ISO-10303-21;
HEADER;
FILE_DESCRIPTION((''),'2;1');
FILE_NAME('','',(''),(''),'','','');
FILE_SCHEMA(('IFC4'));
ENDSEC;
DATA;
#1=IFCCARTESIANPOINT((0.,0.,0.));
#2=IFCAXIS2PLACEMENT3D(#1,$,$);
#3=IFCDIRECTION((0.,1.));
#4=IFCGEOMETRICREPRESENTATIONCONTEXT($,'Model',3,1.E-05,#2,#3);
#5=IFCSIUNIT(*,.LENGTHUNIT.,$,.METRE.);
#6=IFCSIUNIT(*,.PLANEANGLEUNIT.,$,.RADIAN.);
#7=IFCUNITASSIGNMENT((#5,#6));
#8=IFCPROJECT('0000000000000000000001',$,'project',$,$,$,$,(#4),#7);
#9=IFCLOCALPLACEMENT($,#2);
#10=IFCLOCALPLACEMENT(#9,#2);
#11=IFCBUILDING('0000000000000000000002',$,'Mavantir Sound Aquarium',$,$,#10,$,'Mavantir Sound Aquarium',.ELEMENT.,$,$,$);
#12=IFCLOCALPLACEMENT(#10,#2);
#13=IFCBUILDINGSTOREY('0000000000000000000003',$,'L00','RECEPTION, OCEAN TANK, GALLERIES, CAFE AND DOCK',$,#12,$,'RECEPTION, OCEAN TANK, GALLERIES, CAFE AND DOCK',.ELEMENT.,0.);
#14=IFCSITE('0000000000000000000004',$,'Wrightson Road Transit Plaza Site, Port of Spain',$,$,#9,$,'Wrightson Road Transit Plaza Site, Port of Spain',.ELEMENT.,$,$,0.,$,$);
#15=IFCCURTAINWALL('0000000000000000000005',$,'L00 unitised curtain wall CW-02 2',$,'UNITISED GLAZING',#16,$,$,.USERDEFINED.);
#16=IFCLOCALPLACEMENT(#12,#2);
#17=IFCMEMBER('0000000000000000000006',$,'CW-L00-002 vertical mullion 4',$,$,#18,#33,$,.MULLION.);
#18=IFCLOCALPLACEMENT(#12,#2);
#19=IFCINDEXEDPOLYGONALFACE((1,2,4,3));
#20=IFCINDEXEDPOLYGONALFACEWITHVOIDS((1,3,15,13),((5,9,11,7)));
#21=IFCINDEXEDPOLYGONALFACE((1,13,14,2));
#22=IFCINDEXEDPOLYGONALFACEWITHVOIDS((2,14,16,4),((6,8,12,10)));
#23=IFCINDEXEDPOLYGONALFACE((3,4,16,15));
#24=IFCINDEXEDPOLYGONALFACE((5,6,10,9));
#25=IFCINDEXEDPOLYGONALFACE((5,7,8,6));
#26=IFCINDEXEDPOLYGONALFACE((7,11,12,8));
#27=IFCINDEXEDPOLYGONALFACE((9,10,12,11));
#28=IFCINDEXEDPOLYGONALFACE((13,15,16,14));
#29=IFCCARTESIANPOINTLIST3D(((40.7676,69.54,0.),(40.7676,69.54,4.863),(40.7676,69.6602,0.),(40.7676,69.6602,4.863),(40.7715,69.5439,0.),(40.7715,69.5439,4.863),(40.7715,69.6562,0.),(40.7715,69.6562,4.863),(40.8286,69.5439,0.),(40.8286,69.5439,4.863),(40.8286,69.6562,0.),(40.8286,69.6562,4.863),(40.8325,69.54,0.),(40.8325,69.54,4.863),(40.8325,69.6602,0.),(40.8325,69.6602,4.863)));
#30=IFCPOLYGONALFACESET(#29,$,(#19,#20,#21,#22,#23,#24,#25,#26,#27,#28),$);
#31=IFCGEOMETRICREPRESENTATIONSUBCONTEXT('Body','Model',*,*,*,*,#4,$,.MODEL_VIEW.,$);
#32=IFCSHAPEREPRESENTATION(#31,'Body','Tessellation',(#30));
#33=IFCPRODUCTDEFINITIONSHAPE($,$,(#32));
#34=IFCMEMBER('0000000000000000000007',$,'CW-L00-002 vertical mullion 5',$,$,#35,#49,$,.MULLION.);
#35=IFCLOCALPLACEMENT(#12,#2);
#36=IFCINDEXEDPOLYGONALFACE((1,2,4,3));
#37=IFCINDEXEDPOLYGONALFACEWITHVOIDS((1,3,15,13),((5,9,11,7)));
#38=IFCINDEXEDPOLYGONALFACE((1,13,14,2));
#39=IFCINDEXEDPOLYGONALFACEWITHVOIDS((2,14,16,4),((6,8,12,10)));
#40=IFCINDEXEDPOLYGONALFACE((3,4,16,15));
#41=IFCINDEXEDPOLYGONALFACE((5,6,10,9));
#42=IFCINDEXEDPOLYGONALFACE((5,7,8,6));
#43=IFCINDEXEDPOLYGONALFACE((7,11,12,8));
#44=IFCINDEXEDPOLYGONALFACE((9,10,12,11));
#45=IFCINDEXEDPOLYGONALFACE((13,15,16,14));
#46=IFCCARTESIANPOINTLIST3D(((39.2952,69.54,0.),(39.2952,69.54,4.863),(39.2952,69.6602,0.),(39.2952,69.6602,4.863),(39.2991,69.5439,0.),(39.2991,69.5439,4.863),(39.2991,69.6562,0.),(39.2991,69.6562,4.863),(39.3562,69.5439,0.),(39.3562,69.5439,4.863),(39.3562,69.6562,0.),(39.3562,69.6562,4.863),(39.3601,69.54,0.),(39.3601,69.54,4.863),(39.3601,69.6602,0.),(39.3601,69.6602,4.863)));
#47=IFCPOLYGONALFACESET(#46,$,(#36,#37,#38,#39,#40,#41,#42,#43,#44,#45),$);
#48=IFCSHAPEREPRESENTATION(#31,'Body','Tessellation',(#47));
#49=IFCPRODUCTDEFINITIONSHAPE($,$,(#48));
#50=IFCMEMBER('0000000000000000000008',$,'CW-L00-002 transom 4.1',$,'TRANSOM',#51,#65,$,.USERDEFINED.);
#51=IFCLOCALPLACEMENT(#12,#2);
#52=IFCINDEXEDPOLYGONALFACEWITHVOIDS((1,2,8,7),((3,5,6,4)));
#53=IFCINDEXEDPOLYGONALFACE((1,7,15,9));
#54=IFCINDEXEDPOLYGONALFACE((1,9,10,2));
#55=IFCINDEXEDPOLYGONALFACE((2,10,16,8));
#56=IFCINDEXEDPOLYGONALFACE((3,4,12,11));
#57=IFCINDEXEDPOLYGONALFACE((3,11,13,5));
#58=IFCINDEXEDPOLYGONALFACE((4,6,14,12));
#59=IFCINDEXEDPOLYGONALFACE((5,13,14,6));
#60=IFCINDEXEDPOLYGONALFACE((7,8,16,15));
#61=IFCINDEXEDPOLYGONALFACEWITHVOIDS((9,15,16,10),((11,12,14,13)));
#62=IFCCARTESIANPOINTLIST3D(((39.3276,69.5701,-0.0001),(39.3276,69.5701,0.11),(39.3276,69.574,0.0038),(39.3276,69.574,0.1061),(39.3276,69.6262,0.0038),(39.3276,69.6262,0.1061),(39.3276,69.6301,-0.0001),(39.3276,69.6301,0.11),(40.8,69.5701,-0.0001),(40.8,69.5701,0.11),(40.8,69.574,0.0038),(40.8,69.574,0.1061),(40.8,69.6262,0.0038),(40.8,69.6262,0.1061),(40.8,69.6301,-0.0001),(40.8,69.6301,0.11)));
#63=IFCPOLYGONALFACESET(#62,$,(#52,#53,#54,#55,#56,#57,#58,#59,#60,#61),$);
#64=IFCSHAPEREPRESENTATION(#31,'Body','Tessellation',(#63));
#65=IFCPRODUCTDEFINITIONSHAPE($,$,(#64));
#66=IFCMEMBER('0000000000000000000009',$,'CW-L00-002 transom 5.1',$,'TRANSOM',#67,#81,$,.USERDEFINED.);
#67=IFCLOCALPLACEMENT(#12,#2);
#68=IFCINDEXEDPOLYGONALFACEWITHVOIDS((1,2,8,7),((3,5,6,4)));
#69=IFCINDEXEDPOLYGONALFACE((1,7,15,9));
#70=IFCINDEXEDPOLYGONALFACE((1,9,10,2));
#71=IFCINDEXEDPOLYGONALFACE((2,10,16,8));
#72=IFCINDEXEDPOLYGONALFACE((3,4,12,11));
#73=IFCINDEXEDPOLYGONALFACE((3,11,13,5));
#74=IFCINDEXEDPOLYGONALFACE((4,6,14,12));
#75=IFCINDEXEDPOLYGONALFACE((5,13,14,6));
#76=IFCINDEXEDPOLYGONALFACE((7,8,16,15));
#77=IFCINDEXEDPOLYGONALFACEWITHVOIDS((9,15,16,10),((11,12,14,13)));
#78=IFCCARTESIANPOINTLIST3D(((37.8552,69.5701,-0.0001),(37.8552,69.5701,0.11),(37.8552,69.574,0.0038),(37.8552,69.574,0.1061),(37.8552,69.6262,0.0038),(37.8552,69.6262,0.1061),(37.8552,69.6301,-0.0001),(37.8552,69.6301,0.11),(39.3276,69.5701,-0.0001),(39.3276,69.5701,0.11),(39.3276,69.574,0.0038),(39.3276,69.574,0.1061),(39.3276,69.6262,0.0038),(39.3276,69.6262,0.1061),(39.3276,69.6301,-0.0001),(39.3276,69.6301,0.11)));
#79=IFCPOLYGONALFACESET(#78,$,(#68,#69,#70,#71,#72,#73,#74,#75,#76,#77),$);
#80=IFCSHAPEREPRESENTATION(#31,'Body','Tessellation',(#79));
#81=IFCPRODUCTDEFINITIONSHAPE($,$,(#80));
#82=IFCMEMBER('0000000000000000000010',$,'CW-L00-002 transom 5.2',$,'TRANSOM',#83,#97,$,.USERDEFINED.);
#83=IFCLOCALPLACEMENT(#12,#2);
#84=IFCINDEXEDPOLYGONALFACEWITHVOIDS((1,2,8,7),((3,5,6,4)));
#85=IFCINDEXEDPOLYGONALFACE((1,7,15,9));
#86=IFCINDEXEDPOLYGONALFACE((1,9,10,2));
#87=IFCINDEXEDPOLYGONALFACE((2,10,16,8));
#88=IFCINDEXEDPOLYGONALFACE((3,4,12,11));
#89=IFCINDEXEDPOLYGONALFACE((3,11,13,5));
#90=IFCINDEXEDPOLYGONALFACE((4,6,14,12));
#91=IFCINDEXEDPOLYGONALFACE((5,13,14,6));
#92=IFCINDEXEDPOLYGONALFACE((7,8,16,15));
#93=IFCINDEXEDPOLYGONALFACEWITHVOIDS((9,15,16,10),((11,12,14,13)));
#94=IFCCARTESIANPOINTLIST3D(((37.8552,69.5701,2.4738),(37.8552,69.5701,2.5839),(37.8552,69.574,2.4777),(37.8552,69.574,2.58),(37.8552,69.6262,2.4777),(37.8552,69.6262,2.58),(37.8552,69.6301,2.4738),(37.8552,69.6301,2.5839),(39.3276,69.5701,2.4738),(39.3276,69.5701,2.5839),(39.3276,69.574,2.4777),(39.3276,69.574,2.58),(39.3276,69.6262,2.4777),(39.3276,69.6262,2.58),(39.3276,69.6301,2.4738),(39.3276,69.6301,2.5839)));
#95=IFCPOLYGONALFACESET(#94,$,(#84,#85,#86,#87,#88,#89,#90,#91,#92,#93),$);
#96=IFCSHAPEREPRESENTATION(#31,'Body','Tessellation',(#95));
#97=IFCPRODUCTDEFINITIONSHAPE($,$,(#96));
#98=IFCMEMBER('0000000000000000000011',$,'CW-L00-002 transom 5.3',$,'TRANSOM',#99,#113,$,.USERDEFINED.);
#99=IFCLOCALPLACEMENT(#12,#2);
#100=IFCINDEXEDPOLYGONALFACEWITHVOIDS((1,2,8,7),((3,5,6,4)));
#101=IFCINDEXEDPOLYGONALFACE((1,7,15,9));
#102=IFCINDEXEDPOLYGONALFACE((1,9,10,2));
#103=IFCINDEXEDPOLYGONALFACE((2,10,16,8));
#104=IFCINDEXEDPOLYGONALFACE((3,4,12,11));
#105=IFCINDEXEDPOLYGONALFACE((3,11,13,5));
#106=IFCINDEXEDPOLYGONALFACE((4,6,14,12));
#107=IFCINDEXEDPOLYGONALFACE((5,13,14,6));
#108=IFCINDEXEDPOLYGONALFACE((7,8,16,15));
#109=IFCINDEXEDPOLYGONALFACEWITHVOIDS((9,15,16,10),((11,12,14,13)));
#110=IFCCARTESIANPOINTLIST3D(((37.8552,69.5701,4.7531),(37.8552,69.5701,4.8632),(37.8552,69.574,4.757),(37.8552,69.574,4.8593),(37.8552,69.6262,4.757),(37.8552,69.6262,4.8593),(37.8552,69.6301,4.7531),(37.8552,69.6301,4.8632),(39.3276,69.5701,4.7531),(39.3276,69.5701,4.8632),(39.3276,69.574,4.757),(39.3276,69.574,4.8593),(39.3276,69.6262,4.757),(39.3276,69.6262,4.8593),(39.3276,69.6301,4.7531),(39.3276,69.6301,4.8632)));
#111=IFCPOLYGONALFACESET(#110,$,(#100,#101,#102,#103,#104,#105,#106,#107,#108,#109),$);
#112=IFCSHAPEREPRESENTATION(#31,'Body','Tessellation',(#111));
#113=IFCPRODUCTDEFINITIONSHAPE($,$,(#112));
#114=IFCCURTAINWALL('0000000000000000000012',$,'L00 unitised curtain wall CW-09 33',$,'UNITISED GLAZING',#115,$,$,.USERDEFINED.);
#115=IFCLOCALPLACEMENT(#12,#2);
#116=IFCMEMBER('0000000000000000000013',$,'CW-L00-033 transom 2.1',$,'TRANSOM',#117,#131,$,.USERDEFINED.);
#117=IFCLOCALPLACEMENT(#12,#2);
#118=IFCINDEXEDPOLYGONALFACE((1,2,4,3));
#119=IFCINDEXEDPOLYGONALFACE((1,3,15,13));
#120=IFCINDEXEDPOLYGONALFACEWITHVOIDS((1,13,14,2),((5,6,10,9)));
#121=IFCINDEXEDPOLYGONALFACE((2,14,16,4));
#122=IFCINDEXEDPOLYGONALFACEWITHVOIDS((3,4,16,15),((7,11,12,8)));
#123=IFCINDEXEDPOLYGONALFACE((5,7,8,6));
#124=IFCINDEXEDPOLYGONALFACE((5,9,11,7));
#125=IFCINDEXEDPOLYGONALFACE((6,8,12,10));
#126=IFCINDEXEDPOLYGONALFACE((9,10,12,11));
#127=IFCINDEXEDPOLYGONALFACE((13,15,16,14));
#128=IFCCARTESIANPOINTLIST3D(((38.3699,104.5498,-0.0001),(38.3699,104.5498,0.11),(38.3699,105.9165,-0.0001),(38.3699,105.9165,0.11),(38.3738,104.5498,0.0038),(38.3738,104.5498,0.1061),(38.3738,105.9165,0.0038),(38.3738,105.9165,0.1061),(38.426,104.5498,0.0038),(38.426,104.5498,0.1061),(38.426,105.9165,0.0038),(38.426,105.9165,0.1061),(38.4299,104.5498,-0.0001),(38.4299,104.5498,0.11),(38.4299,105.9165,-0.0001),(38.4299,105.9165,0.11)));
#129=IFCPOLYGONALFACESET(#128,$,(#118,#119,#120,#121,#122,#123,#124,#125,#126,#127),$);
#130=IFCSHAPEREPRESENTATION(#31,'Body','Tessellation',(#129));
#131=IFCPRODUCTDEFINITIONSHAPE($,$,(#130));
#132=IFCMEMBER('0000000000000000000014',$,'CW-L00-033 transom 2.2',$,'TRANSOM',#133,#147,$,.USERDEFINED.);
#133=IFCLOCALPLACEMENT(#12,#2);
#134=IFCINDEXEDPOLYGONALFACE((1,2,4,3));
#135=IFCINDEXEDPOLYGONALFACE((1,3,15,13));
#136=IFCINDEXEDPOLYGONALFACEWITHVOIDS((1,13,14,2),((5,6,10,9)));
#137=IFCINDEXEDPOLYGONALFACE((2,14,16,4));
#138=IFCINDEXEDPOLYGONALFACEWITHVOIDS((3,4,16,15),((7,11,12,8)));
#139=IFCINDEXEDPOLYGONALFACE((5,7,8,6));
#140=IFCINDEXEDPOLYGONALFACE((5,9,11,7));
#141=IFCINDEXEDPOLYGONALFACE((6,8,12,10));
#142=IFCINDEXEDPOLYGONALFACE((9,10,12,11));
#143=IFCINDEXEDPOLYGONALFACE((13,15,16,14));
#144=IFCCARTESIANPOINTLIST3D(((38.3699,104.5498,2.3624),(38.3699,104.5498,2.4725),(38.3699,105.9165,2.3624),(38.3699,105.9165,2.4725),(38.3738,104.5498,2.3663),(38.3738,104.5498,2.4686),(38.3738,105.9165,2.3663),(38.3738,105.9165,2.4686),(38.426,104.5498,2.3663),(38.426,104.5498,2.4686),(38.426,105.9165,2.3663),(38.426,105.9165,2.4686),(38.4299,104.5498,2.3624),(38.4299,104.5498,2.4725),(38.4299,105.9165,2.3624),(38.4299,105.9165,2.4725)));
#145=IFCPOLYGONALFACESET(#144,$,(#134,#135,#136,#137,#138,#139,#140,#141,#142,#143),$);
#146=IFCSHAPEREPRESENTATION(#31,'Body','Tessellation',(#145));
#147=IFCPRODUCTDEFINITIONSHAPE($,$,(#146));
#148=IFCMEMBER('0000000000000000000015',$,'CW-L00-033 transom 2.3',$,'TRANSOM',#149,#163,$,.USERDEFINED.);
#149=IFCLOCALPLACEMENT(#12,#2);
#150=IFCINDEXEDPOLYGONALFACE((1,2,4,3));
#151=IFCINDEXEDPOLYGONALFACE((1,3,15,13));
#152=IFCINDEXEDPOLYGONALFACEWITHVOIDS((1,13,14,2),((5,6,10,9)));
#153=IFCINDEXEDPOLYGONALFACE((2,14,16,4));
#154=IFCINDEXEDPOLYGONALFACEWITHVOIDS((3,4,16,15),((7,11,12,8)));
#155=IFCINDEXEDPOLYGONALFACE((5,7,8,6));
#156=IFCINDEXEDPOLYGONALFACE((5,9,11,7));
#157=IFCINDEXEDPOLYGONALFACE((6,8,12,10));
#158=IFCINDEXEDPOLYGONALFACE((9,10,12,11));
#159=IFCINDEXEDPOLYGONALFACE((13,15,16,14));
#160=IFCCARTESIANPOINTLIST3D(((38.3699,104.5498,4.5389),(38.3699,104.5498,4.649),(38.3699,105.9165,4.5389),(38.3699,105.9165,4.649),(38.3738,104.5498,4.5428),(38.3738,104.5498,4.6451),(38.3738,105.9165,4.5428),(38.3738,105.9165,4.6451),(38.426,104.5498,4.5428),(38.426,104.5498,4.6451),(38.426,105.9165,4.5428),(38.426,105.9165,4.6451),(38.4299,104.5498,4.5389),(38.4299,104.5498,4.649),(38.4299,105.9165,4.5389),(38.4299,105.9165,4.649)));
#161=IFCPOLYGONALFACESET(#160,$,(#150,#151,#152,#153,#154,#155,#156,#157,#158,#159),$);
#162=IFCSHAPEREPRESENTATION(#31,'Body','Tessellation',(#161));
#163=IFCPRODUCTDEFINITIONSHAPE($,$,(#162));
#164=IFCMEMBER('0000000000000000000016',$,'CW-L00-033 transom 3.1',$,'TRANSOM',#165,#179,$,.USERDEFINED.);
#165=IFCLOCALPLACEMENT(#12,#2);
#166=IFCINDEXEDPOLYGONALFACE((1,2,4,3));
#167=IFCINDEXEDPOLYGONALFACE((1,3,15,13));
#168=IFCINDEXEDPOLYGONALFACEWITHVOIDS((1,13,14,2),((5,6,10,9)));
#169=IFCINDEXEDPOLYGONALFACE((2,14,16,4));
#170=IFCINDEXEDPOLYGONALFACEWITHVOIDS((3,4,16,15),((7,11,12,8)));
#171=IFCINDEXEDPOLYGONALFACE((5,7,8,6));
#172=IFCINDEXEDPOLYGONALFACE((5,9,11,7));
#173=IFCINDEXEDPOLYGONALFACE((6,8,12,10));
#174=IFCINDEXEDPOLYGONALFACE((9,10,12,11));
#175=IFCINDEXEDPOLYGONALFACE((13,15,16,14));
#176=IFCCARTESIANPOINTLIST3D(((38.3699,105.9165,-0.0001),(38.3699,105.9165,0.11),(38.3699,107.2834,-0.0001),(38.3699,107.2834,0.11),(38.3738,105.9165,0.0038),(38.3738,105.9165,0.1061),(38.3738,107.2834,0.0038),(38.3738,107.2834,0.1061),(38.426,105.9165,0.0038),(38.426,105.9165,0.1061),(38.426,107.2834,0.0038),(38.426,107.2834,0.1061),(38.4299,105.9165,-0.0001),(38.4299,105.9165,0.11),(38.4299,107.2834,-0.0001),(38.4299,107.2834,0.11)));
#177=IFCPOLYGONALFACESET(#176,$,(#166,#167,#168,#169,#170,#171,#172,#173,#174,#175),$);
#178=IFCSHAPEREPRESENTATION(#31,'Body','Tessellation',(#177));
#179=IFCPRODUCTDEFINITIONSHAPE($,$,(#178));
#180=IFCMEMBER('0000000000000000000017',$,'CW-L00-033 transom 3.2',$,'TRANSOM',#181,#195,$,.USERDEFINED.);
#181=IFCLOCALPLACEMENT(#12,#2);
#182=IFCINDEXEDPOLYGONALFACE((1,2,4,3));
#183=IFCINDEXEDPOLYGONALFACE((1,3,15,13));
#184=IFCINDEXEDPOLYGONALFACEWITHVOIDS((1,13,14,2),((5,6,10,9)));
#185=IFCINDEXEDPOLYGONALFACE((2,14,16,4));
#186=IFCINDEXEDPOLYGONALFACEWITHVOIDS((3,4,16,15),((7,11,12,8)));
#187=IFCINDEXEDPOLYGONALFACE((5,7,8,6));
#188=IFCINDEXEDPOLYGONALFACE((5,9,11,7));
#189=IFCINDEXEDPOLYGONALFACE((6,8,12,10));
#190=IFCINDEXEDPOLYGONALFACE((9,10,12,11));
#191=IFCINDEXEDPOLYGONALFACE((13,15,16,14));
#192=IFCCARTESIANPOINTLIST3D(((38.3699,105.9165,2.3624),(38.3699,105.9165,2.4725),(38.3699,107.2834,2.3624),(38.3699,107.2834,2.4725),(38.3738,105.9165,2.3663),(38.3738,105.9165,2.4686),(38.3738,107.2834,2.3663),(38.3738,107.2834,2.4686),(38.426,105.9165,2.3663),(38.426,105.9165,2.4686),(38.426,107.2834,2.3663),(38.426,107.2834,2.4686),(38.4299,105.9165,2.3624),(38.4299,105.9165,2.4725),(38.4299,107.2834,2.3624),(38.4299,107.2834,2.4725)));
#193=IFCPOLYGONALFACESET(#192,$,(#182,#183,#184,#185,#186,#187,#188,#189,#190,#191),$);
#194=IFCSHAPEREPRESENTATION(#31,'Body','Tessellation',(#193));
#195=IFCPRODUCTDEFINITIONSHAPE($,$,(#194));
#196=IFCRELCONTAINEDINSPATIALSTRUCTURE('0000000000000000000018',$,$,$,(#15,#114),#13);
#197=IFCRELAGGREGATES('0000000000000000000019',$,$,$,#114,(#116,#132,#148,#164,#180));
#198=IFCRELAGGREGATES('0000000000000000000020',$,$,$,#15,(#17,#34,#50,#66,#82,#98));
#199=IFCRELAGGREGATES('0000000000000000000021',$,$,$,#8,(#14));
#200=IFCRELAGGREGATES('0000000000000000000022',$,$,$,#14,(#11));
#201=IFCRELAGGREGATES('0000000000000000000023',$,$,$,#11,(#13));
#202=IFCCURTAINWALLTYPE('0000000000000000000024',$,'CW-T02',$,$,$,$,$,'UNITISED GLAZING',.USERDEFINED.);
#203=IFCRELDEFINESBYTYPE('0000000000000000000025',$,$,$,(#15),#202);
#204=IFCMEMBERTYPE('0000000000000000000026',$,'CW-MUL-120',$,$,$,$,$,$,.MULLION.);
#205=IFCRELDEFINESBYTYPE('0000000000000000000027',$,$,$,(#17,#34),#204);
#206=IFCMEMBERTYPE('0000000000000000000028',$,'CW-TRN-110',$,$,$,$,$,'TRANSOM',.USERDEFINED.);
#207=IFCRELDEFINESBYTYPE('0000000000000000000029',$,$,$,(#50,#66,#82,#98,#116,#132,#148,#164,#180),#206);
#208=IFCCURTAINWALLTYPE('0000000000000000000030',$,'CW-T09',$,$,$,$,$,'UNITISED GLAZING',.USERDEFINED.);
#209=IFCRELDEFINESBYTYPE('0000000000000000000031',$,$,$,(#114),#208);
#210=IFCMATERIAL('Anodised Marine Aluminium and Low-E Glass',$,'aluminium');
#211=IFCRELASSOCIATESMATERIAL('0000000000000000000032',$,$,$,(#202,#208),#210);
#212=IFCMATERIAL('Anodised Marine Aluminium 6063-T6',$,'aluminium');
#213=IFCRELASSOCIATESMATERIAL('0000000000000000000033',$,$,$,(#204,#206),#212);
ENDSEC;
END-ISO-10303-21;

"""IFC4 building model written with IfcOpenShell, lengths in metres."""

from ifc_helpers import new_model, si_unit, direction, frame, origin, origin_2d, place, context, subcontext, project, spatial, hollow_rectangle, extrude, material, material_profile, profile_set, type_object, element, aggregate, save


model = new_model("IFC4")

# Units and contexts
model_context = context("Model", 3, precision=1e-05, world=origin(), true_north=direction((0.0, 1.0)))
body_context = subcontext(model_context, "Body", "Model", "MODEL_VIEW")
ifc_project = project(units=[si_unit("LENGTHUNIT", "METRE"), si_unit("PLANEANGLEUNIT", "RADIAN")], contexts=[model_context])

# Site, building, storey
site_placement = place(None, origin())
site = spatial("IfcSite", under=ifc_project, at=site_placement, Name="Wrightson Road Transit Plaza Site, Port of Spain", LongName="Wrightson Road Transit Plaza Site, Port of Spain", CompositionType="ELEMENT", RefElevation=0.0)
building_placement = place(site_placement, origin())
building = spatial("IfcBuilding", under=site, at=building_placement, Name="Mavantir Sound Aquarium", LongName="Mavantir Sound Aquarium", CompositionType="ELEMENT")
storey_placement = place(building_placement, origin())
storey = spatial("IfcBuildingStorey", under=building, at=storey_placement, Name="L00", Description="RECEPTION, OCEAN TANK, GALLERIES, CAFE AND DOCK", LongName="RECEPTION, OCEAN TANK, GALLERIES, CAFE AND DOCK", CompositionType="ELEMENT", Elevation=0.0)

# Curtain wall, members
ifc_material_1 = material(Name="Anodised Marine Aluminium and Low-E Glass", Category="aluminium")
curtain_wall_type_1 = type_object("IfcCurtainWallType", Name="CW-T02", ElementType="UNITISED GLAZING", PredefinedType="USERDEFINED", material=ifc_material_1)
curtain_wall_1_placement = place(storey_placement, origin())
curtain_wall_1 = element("IfcCurtainWall", 1, at=curtain_wall_1_placement, inside=storey, type_object=curtain_wall_type_1, Name="L00 unitised curtain wall CW-02 2", ObjectType="UNITISED GLAZING", PredefinedType="USERDEFINED")
ifc_material_2 = material(Name="Anodised Marine Aluminium 6063-T6", Category="aluminium")
ifc_material_profile_1 = material_profile(ifc_material_2, hollow_rectangle(XDim=0.0649, YDim=0.1201, WallThickness=0.0039, at=origin_2d()), Name="ALU-MULLION-120X65")
ifc_profile_set_1 = profile_set([ifc_material_profile_1], Name="Anodised Marine Aluminium 6063-T6")
member_type_1 = type_object("IfcMemberType", Name="CW-MUL-120", PredefinedType="MULLION", material=ifc_profile_set_1)
member_1_placement = place(storey_placement, frame((40.8, 69.6001, 0.0), z_axis=(0.0, 0.0, 1.0), x_axis=(1.0, 0.0, 0.0)))
member_1 = element("IfcMember", 2, at=member_1_placement, type_object=member_type_1, Name="CW-L00-002 vertical mullion 4", PredefinedType="MULLION", context=body_context, shape_type="SweptSolid", body=[
    extrude(hollow_rectangle(XDim=0.0649, YDim=0.1201, WallThickness=0.0039, at=origin_2d()), origin(), (0.0, 0.0, 1.0), 4.863),
])
member_2_placement = place(storey_placement, frame((39.3276, 69.6001, 0.0), z_axis=(0.0, 0.0, 1.0), x_axis=(1.0, 0.0, 0.0)))
member_2 = element("IfcMember", 3, at=member_2_placement, type_object=member_type_1, Name="CW-L00-002 vertical mullion 5", PredefinedType="MULLION", context=body_context, shape_type="SweptSolid", body=[
    extrude(hollow_rectangle(XDim=0.0649, YDim=0.1201, WallThickness=0.0039, at=origin_2d()), origin(), (0.0, 0.0, 1.0), 4.863),
])
ifc_material_profile_2 = material_profile(ifc_material_2, hollow_rectangle(XDim=0.0601, YDim=0.1101, WallThickness=0.0039, at=origin_2d()), Name="ALU-TRANSOM-110X60")
ifc_profile_set_2 = profile_set([ifc_material_profile_2], Name="Anodised Marine Aluminium 6063-T6")
member_type_2 = type_object("IfcMemberType", Name="CW-TRN-110", ElementType="TRANSOM", PredefinedType="USERDEFINED", material=ifc_profile_set_2)
member_3_placement = place(storey_placement, frame((40.8, 69.6001, 0.0549), z_axis=(-1.0, 0.0, 0.0), x_axis=(0.0, -1.0, 0.0)))
member_3 = element("IfcMember", 4, at=member_3_placement, type_object=member_type_2, Name="CW-L00-002 transom 4.1", ObjectType="TRANSOM", PredefinedType="USERDEFINED", context=body_context, shape_type="SweptSolid", body=[
    extrude(hollow_rectangle(XDim=0.0601, YDim=0.1101, WallThickness=0.0039, at=origin_2d()), origin(), (0.0, 0.0, 1.0), 1.4724),
])
member_4_placement = place(storey_placement, frame((39.3276, 69.6001, 0.0549), z_axis=(-1.0, 0.0, 0.0), x_axis=(0.0, -1.0, 0.0)))
member_4 = element("IfcMember", 5, at=member_4_placement, type_object=member_type_2, Name="CW-L00-002 transom 5.1", ObjectType="TRANSOM", PredefinedType="USERDEFINED", context=body_context, shape_type="SweptSolid", body=[
    extrude(hollow_rectangle(XDim=0.0601, YDim=0.1101, WallThickness=0.0039, at=origin_2d()), origin(), (0.0, 0.0, 1.0), 1.4724),
])
member_5_placement = place(storey_placement, frame((39.3276, 69.6001, 2.5288), z_axis=(-1.0, 0.0, 0.0), x_axis=(0.0, -1.0, 0.0)))
member_5 = element("IfcMember", 6, at=member_5_placement, type_object=member_type_2, Name="CW-L00-002 transom 5.2", ObjectType="TRANSOM", PredefinedType="USERDEFINED", context=body_context, shape_type="SweptSolid", body=[
    extrude(hollow_rectangle(XDim=0.0601, YDim=0.1101, WallThickness=0.0039, at=origin_2d()), origin(), (0.0, 0.0, 1.0), 1.4724),
])
member_6_placement = place(storey_placement, frame((39.3276, 69.6001, 4.8081), z_axis=(-1.0, 0.0, 0.0), x_axis=(0.0, -1.0, 0.0)))
member_6 = element("IfcMember", 7, at=member_6_placement, type_object=member_type_2, Name="CW-L00-002 transom 5.3", ObjectType="TRANSOM", PredefinedType="USERDEFINED", context=body_context, shape_type="SweptSolid", body=[
    extrude(hollow_rectangle(XDim=0.0601, YDim=0.1101, WallThickness=0.0039, at=origin_2d()), origin(), (0.0, 0.0, 1.0), 1.4724),
])

# Curtain wall, members
curtain_wall_type_2 = type_object("IfcCurtainWallType", Name="CW-T09", ElementType="UNITISED GLAZING", PredefinedType="USERDEFINED", material=ifc_material_1)
curtain_wall_2_placement = place(storey_placement, origin())
curtain_wall_2 = element("IfcCurtainWall", 8, at=curtain_wall_2_placement, inside=storey, type_object=curtain_wall_type_2, Name="L00 unitised curtain wall CW-09 33", ObjectType="UNITISED GLAZING", PredefinedType="USERDEFINED")
member_7_placement = place(storey_placement, frame((38.3999, 104.5498, 0.0549), z_axis=(0.0, 1.0, 0.0), x_axis=(-1.0, 0.0, 0.0)))
member_7 = element("IfcMember", 9, at=member_7_placement, type_object=member_type_2, Name="CW-L00-033 transom 2.1", ObjectType="TRANSOM", PredefinedType="USERDEFINED", context=body_context, shape_type="SweptSolid", body=[
    extrude(hollow_rectangle(XDim=0.0601, YDim=0.1101, WallThickness=0.0039, at=origin_2d()), origin(), (0.0, 0.0, 1.0), 1.3667),
])
member_8_placement = place(storey_placement, frame((38.3999, 104.5498, 2.4175), z_axis=(0.0, 1.0, 0.0), x_axis=(-1.0, 0.0, 0.0)))
member_8 = element("IfcMember", 10, at=member_8_placement, type_object=member_type_2, Name="CW-L00-033 transom 2.2", ObjectType="TRANSOM", PredefinedType="USERDEFINED", context=body_context, shape_type="SweptSolid", body=[
    extrude(hollow_rectangle(XDim=0.0601, YDim=0.1101, WallThickness=0.0039, at=origin_2d()), origin(), (0.0, 0.0, 1.0), 1.3667),
])
member_9_placement = place(storey_placement, frame((38.3999, 104.5498, 4.594), z_axis=(0.0, 1.0, 0.0), x_axis=(-1.0, 0.0, 0.0)))
member_9 = element("IfcMember", 11, at=member_9_placement, type_object=member_type_2, Name="CW-L00-033 transom 2.3", ObjectType="TRANSOM", PredefinedType="USERDEFINED", context=body_context, shape_type="SweptSolid", body=[
    extrude(hollow_rectangle(XDim=0.0601, YDim=0.1101, WallThickness=0.0039, at=origin_2d()), origin(), (0.0, 0.0, 1.0), 1.3667),
])
member_10_placement = place(storey_placement, frame((38.3999, 105.9165, 0.0549), z_axis=(0.0, 1.0, 0.0), x_axis=(-1.0, 0.0, 0.0)))
member_10 = element("IfcMember", 12, at=member_10_placement, type_object=member_type_2, Name="CW-L00-033 transom 3.1", ObjectType="TRANSOM", PredefinedType="USERDEFINED", context=body_context, shape_type="SweptSolid", body=[
    extrude(hollow_rectangle(XDim=0.0601, YDim=0.1101, WallThickness=0.0039, at=origin_2d()), origin(), (0.0, 0.0, 1.0), 1.3669),
])
member_11_placement = place(storey_placement, frame((38.3999, 105.9165, 2.4175), z_axis=(0.0, 1.0, 0.0), x_axis=(-1.0, 0.0, 0.0)))
member_11 = element("IfcMember", 13, at=member_11_placement, type_object=member_type_2, Name="CW-L00-033 transom 3.2", ObjectType="TRANSOM", PredefinedType="USERDEFINED", context=body_context, shape_type="SweptSolid", body=[
    extrude(hollow_rectangle(XDim=0.0601, YDim=0.1101, WallThickness=0.0039, at=origin_2d()), origin(), (0.0, 0.0, 1.0), 1.3669),
])
aggregate(curtain_wall_2, [member_7, member_8, member_9, member_10, member_11])

aggregate(curtain_wall_1, [member_1, member_2, member_3, member_4, member_5, member_6])

save(model, "model.ifc")
